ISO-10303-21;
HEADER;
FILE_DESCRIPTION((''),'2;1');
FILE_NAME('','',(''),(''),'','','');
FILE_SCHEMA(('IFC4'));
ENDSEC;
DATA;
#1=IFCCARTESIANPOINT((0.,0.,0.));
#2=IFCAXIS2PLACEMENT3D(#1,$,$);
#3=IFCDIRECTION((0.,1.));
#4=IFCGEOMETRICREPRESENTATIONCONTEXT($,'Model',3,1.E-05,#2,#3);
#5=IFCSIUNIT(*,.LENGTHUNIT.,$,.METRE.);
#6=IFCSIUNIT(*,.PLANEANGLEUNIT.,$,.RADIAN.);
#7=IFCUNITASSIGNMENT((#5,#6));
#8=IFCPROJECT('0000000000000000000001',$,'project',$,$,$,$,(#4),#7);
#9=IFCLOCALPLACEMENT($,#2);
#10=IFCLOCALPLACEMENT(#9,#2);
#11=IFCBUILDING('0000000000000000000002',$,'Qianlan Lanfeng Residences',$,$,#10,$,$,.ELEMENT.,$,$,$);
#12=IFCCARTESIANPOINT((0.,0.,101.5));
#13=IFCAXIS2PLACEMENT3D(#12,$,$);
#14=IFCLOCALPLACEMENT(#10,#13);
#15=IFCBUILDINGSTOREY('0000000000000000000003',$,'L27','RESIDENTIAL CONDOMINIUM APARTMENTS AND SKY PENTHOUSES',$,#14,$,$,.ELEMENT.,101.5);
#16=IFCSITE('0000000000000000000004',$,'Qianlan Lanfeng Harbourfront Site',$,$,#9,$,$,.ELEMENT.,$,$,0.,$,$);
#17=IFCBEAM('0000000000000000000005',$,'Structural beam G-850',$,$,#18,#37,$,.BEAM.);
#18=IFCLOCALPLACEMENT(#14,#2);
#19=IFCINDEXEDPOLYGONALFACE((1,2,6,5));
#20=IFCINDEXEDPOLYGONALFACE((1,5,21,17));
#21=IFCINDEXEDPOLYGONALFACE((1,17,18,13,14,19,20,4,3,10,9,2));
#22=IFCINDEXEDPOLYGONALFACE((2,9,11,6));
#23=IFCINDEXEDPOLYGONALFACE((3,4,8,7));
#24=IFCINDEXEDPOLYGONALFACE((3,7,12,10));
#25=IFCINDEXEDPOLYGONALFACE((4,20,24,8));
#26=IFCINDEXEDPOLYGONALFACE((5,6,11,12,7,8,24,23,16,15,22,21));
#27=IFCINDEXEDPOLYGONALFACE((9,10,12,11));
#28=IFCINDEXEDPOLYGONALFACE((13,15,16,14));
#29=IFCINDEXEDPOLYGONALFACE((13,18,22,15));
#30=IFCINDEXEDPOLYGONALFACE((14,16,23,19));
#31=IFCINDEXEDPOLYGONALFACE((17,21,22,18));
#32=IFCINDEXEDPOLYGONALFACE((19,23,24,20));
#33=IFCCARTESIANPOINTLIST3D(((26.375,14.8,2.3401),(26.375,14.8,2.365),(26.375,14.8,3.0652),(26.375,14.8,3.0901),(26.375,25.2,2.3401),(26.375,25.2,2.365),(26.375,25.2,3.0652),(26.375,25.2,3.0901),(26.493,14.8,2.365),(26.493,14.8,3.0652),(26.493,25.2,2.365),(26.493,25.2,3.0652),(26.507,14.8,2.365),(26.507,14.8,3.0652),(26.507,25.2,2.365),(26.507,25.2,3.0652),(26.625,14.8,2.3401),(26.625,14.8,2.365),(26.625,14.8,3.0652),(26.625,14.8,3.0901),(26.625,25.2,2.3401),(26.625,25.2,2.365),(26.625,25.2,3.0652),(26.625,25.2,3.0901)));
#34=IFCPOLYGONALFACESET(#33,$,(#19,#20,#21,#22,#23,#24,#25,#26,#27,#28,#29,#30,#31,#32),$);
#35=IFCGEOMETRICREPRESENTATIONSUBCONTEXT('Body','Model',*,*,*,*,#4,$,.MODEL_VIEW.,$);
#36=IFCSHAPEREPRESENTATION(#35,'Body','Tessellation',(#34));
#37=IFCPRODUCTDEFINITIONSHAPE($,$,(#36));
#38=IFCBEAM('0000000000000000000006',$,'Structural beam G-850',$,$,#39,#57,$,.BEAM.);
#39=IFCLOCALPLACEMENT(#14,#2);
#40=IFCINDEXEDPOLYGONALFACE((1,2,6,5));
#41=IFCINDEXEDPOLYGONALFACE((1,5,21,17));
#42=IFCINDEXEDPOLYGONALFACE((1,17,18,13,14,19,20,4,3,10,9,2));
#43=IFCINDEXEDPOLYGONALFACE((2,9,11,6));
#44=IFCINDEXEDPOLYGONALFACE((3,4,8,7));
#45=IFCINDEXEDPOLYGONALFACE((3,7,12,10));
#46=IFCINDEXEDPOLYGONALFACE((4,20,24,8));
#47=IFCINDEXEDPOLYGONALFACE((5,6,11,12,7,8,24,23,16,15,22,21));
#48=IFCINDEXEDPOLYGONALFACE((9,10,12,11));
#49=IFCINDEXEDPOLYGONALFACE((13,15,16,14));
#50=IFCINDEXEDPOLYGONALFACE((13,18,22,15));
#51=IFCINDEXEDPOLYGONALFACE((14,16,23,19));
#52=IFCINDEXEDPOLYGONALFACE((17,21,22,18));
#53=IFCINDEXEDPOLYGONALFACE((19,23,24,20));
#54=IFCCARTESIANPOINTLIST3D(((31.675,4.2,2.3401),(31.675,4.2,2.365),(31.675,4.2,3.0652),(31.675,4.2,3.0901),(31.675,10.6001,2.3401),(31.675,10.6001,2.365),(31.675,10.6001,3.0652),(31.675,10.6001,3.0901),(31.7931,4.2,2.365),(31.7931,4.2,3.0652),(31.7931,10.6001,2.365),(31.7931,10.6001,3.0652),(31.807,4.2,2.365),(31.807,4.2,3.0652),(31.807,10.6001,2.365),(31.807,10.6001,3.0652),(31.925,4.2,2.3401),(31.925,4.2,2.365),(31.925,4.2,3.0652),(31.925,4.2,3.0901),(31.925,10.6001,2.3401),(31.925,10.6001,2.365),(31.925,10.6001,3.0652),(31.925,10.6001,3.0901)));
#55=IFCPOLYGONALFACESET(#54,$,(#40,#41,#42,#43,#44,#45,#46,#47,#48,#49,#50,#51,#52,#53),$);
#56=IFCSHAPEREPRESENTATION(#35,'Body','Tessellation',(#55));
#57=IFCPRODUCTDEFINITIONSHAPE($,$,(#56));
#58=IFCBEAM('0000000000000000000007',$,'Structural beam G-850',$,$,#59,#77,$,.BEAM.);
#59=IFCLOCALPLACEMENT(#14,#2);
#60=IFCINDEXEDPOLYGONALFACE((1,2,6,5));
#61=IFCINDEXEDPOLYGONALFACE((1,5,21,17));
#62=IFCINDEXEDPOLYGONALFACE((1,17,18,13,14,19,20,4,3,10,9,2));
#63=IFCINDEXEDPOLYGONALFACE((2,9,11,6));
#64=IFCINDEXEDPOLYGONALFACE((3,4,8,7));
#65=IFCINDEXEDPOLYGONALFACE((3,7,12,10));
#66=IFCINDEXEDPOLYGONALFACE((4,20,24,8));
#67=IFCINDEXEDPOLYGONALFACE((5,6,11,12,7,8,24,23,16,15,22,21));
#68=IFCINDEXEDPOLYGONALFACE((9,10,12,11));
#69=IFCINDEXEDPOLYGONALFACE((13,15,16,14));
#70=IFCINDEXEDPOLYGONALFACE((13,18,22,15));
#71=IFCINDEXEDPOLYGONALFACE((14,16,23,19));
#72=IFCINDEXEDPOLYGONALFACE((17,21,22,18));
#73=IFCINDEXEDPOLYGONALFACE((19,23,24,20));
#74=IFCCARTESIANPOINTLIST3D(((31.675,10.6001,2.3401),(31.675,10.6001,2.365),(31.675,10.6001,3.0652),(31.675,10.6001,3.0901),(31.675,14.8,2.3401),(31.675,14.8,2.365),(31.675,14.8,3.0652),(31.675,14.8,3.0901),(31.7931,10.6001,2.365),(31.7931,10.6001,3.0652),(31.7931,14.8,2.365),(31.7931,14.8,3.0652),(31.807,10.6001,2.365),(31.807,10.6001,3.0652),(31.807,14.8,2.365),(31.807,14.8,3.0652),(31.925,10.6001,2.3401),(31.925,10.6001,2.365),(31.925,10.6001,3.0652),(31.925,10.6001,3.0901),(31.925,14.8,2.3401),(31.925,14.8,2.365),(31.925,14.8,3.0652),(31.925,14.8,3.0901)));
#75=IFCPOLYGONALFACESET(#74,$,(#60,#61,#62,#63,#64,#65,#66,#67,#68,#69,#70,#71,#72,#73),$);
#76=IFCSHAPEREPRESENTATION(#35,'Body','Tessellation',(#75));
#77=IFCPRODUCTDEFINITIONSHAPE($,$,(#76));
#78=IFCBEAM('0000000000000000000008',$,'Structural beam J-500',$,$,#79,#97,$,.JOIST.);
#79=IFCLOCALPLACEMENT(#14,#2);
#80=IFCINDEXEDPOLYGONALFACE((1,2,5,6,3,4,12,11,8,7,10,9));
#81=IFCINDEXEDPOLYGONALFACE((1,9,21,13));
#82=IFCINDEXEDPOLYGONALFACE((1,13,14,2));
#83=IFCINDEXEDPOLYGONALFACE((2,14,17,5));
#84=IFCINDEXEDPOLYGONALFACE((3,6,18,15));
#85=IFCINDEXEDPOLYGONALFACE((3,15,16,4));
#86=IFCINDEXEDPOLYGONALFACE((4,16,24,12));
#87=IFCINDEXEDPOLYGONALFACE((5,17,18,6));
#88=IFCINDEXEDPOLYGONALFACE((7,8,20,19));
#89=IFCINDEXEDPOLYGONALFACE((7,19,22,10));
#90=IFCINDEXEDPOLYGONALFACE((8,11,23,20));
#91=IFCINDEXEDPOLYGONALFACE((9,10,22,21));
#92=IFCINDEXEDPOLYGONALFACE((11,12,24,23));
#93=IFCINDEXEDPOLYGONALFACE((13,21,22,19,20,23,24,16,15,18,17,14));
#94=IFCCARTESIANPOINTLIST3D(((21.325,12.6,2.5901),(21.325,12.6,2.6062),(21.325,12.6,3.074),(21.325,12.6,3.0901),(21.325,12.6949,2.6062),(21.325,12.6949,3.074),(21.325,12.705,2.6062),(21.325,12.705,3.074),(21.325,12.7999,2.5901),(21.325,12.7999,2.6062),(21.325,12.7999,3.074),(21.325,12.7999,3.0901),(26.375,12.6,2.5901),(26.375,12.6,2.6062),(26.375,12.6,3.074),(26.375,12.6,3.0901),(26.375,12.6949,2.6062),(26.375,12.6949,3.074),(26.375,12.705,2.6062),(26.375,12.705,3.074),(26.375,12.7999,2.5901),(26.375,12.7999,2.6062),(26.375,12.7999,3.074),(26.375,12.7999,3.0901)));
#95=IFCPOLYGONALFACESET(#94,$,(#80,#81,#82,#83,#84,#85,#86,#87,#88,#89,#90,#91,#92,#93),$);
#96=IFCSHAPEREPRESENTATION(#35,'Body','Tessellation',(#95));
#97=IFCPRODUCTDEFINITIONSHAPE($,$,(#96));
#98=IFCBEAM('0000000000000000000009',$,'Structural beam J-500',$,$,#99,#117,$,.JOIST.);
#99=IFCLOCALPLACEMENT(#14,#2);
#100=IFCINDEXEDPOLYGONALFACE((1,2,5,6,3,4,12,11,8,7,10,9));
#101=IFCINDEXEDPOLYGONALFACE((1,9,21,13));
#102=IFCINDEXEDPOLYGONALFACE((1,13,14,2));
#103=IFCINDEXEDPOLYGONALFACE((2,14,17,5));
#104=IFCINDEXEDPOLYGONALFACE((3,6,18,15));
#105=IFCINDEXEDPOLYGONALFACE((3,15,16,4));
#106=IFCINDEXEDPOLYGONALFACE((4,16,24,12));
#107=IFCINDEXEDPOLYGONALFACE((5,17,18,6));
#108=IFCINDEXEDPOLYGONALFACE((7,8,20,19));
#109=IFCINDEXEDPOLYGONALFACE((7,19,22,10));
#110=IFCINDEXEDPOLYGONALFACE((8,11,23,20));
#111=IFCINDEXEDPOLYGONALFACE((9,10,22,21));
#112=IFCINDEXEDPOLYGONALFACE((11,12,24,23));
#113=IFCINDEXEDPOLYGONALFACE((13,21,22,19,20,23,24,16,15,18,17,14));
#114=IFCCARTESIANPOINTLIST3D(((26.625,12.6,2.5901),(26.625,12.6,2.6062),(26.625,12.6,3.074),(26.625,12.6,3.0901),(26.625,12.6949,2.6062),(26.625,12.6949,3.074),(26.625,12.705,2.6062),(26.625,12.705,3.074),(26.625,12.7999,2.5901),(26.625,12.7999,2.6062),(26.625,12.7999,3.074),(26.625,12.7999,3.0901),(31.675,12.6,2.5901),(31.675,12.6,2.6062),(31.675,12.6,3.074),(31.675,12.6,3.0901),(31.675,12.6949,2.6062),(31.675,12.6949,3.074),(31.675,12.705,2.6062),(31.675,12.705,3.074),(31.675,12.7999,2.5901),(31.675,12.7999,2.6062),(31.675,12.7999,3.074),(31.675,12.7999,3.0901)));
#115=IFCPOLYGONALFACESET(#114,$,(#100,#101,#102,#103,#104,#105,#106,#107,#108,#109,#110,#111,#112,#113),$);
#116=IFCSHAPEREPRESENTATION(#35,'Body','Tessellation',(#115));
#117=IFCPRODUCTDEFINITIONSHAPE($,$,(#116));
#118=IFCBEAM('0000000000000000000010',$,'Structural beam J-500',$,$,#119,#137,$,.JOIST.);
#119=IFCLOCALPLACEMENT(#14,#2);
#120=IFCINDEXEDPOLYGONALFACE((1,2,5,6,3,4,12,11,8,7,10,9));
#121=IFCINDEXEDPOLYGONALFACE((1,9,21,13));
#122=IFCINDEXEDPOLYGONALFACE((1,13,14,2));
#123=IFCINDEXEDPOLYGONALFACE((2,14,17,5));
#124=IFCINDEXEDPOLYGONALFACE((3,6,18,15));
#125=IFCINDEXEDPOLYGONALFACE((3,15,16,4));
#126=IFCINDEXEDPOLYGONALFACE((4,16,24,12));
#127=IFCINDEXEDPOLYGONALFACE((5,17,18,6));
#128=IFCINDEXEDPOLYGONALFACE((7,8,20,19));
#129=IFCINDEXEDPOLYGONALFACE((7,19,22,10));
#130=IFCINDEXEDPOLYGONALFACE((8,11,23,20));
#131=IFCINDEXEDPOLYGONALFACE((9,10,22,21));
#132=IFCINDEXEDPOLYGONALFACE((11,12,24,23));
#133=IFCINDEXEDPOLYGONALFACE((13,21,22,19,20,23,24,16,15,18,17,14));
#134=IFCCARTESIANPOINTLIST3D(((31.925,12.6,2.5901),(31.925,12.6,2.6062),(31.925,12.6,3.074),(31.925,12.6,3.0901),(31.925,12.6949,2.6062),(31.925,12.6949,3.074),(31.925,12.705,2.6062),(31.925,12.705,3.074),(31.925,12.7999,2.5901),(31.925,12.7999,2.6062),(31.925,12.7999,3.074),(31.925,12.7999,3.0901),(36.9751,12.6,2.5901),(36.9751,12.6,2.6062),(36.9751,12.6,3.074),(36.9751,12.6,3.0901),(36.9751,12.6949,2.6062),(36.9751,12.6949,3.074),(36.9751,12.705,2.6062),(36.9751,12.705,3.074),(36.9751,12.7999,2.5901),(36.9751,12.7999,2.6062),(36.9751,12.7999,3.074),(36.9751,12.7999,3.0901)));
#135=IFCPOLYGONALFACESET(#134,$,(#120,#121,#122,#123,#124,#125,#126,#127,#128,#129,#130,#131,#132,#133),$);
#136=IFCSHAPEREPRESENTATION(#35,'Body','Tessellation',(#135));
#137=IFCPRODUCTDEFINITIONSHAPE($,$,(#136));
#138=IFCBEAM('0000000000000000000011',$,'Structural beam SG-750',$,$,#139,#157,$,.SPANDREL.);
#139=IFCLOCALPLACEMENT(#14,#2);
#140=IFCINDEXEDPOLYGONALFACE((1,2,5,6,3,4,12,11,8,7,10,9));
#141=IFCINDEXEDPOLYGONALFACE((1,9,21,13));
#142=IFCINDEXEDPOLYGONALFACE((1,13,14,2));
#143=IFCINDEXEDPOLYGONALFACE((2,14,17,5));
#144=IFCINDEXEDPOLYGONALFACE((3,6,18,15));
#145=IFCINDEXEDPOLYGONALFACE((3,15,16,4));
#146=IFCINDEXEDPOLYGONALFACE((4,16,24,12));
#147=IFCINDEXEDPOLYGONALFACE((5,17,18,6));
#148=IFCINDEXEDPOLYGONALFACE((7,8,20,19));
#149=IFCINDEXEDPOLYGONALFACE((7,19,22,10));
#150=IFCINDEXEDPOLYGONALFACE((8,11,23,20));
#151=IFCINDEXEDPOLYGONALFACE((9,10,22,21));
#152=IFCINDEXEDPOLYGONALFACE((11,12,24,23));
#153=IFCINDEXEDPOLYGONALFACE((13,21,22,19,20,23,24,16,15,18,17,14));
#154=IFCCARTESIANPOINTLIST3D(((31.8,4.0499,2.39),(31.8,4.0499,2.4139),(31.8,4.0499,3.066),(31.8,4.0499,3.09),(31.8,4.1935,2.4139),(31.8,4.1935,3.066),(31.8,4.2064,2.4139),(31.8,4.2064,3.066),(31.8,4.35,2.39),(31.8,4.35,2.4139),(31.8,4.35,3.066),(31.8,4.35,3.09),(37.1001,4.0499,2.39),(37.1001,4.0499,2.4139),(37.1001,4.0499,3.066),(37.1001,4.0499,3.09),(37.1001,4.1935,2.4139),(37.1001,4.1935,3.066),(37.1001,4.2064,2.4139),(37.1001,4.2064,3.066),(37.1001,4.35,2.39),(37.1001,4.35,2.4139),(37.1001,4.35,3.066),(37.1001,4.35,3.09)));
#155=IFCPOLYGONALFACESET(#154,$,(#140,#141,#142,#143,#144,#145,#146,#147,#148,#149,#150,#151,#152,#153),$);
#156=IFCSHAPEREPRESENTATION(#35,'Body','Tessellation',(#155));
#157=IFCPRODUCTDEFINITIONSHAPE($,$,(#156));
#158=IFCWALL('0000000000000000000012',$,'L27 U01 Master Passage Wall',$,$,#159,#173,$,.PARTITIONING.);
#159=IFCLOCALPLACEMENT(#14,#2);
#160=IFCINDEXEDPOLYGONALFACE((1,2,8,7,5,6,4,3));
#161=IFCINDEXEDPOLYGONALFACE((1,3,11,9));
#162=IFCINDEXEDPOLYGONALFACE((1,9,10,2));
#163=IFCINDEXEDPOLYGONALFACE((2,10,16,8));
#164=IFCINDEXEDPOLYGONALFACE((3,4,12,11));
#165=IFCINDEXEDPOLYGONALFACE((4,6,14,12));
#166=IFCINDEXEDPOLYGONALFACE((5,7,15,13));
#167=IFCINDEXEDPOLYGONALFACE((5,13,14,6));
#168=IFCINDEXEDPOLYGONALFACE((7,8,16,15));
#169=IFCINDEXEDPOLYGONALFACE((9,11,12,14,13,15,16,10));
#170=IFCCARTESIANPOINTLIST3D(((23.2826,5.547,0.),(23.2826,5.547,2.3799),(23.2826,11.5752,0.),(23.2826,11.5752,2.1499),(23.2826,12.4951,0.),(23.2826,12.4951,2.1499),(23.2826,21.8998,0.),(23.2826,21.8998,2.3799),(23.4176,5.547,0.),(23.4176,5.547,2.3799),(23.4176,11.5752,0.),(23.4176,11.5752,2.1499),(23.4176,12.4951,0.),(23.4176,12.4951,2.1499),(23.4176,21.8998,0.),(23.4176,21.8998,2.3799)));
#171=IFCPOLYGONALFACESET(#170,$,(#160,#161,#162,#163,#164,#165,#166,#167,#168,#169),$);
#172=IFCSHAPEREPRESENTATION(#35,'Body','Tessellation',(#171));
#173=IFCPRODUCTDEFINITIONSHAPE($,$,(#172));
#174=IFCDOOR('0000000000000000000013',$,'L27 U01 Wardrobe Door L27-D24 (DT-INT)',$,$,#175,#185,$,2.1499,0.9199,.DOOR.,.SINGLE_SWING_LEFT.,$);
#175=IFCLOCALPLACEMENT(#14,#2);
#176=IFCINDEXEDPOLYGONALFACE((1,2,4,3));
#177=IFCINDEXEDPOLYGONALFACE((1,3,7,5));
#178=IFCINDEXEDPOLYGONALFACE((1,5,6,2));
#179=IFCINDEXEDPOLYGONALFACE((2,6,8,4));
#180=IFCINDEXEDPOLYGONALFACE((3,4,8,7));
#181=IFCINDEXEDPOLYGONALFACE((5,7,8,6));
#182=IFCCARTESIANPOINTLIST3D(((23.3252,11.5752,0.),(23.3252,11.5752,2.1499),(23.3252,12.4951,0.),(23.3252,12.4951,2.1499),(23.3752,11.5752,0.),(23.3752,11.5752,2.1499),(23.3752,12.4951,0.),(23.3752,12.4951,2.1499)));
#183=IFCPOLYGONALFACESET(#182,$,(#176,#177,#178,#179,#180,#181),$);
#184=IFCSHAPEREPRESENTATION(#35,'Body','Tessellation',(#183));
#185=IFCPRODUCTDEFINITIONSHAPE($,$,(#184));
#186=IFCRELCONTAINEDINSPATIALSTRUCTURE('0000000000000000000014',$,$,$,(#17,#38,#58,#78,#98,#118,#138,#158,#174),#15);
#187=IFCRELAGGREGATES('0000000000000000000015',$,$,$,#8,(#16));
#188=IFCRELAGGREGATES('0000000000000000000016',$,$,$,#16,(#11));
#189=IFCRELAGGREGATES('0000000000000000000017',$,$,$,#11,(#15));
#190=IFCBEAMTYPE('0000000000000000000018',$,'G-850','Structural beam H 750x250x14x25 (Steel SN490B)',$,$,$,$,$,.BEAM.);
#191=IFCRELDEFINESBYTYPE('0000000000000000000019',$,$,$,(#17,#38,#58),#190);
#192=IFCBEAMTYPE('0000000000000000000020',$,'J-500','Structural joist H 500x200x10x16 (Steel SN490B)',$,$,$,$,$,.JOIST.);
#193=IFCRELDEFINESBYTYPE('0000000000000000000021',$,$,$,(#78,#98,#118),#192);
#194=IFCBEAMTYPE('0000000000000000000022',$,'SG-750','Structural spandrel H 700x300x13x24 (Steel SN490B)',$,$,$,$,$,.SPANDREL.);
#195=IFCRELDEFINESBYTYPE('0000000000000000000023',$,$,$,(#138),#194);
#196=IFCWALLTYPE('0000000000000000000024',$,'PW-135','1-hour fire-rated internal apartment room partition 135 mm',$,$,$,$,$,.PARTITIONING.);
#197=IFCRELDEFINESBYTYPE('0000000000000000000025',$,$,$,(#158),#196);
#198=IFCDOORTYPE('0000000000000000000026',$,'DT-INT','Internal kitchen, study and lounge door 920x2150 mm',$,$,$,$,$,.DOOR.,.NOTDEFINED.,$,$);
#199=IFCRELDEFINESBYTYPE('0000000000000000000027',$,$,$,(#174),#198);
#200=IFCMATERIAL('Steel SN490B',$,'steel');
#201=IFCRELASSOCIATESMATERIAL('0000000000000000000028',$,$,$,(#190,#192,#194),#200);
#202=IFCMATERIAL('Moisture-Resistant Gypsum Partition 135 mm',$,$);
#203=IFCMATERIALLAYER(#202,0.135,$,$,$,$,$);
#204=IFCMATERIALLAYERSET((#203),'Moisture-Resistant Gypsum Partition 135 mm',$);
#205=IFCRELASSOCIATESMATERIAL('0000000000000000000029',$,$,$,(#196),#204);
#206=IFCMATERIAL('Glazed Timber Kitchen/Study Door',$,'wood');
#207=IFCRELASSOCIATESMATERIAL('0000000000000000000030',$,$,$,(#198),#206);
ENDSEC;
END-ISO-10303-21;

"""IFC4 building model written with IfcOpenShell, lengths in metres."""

from ifc_helpers import new_model, si_unit, direction, frame, frame_2d, origin, origin_2d, place, context, subcontext, project, spatial, rectangle, i_section, extrude, material, layer, layer_set, material_profile, profile_set, type_object, element, fill, save


model = new_model("IFC4")

# Units and contexts
model_context = context("Model", 3, precision=1e-05, world=origin(), true_north=direction((0.0, 1.0)))
body_context = subcontext(model_context, "Body", "Model", "MODEL_VIEW")
ifc_project = project(units=[si_unit("LENGTHUNIT", "METRE"), si_unit("PLANEANGLEUNIT", "RADIAN")], contexts=[model_context])

# Site, building, storey
site_placement = place(None, origin())
site = spatial("IfcSite", under=ifc_project, at=site_placement, Name="Qianlan Lanfeng Harbourfront Site", CompositionType="ELEMENT", RefElevation=0.0)
building_placement = place(site_placement, origin())
building = spatial("IfcBuilding", under=site, at=building_placement, Name="Qianlan Lanfeng Residences", CompositionType="ELEMENT")
storey_placement = place(building_placement, frame((0.0, 0.0, 101.5)))
storey = spatial("IfcBuildingStorey", under=building, at=storey_placement, Name="L27", Description="RESIDENTIAL CONDOMINIUM APARTMENTS AND SKY PENTHOUSES", CompositionType="ELEMENT", Elevation=101.5)

# Shared definitions
ifc_material_1 = material(Name="Steel SN490B", Category="steel")

# Beams
ifc_material_profile_1 = material_profile(ifc_material_1, i_section(OverallWidth=0.25, OverallDepth=0.75, WebThickness=0.0139, FlangeThickness=0.0249, at=origin_2d()), Name="H 750x250x14x25")
ifc_profile_set_1 = profile_set([ifc_material_profile_1], Name="Steel SN490B")
beam_type_1 = type_object("IfcBeamType", Name="G-850", Description="Structural beam H 750x250x14x25 (Steel SN490B)", PredefinedType="BEAM", material=ifc_profile_set_1)
beam_1_placement = place(storey_placement, frame((26.5, 14.8, 2.7151), z_axis=(0.0, 1.0, 0.0), x_axis=(-1.0, 0.0, 0.0)))
element("IfcBeam", 1, at=beam_1_placement, inside=storey, type_object=beam_type_1, Name="Structural beam G-850", PredefinedType="BEAM", context=body_context, shape_type="SweptSolid", body=[
    extrude(i_section(OverallWidth=0.25, OverallDepth=0.75, WebThickness=0.0139, FlangeThickness=0.0249, at=origin_2d()), origin(), (0.0, 0.0, 1.0), 10.3999),
])
beam_2_placement = place(storey_placement, frame((31.8, 4.2, 2.7151), z_axis=(0.0, 1.0, 0.0), x_axis=(-1.0, 0.0, 0.0)))
element("IfcBeam", 2, at=beam_2_placement, inside=storey, type_object=beam_type_1, Name="Structural beam G-850", PredefinedType="BEAM", context=body_context, shape_type="SweptSolid", body=[
    extrude(i_section(OverallWidth=0.25, OverallDepth=0.75, WebThickness=0.0139, FlangeThickness=0.0249, at=origin_2d()), origin(), (0.0, 0.0, 1.0), 6.4001),
])
beam_3_placement = place(storey_placement, frame((31.8, 10.6001, 2.7151), z_axis=(0.0, 1.0, 0.0), x_axis=(-1.0, 0.0, 0.0)))
element("IfcBeam", 3, at=beam_3_placement, inside=storey, type_object=beam_type_1, Name="Structural beam G-850", PredefinedType="BEAM", context=body_context, shape_type="SweptSolid", body=[
    extrude(i_section(OverallWidth=0.25, OverallDepth=0.75, WebThickness=0.0139, FlangeThickness=0.0249, at=origin_2d()), origin(), (0.0, 0.0, 1.0), 4.2),
])
ifc_material_profile_2 = material_profile(ifc_material_1, i_section(OverallWidth=0.2, OverallDepth=0.5, WebThickness=0.01, FlangeThickness=0.0161, at=origin_2d()), Name="H 500x200x10x16")
ifc_profile_set_2 = profile_set([ifc_material_profile_2], Name="Steel SN490B")
beam_type_2 = type_object("IfcBeamType", Name="J-500", Description="Structural joist H 500x200x10x16 (Steel SN490B)", PredefinedType="JOIST", material=ifc_profile_set_2)
for number, where, z_axis, x_axis, name in (
    (4, (21.325, 12.7, 2.8401), (1.0, 0.0, 0.0), (0.0, 1.0, 0.0), "Structural beam J-500"),
    (5, (26.625, 12.7, 2.8401), (1.0, 0.0, 0.0), (0.0, 1.0, 0.0), "Structural beam J-500"),
    (6, (31.925, 12.7, 2.8401), (1.0, 0.0, 0.0), (0.0, 1.0, 0.0), "Structural beam J-500"),
):
    element("IfcBeam", number, at=place(storey_placement, frame(where, z_axis=z_axis, x_axis=x_axis)), inside=storey, type_object=beam_type_2, Name=name, PredefinedType="JOIST", context=body_context, shape_type="SweptSolid", body=[
        extrude(i_section(OverallWidth=0.2, OverallDepth=0.5, WebThickness=0.01, FlangeThickness=0.0161, at=origin_2d()), origin(), (0.0, 0.0, 1.0), 5.05),
    ])
ifc_material_profile_3 = material_profile(ifc_material_1, i_section(OverallWidth=0.3, OverallDepth=0.7, WebThickness=0.0129, FlangeThickness=0.0239, at=origin_2d()), Name="H 700x300x13x24")
ifc_profile_set_3 = profile_set([ifc_material_profile_3], Name="Steel SN490B")
beam_type_3 = type_object("IfcBeamType", Name="SG-750", Description="Structural spandrel H 700x300x13x24 (Steel SN490B)", PredefinedType="SPANDREL", material=ifc_profile_set_3)
beam_4_placement = place(storey_placement, frame((31.8, 4.2, 2.74), z_axis=(1.0, 0.0, 0.0), x_axis=(0.0, 1.0, 0.0)))
element("IfcBeam", 7, at=beam_4_placement, inside=storey, type_object=beam_type_3, Name="Structural beam SG-750", PredefinedType="SPANDREL", context=body_context, shape_type="SweptSolid", body=[
    extrude(i_section(OverallWidth=0.3, OverallDepth=0.7, WebThickness=0.0129, FlangeThickness=0.0239, at=origin_2d()), origin(), (0.0, 0.0, 1.0), 5.3),
])

# Wall, opening, door
ifc_material_2 = material(Name="Moisture-Resistant Gypsum Partition 135 mm")
ifc_layer = layer(ifc_material_2, 0.135)
ifc_layer_set = layer_set([ifc_layer], Name="Moisture-Resistant Gypsum Partition 135 mm")
wall_type = type_object("IfcWallType", Name="PW-135", Description="1-hour fire-rated internal apartment room partition 135 mm", PredefinedType="PARTITIONING", material=ifc_layer_set)
wall_1_placement = place(storey_placement, frame((23.3501, 5.5471, 0.0), z_axis=(0.0, 0.0, 1.0), x_axis=(0.0, 1.0, 0.0)))
wall_1 = element("IfcWall", 8, at=wall_1_placement, inside=storey, type_object=wall_type, Name="L27 U01 Master Passage Wall", PredefinedType="PARTITIONING", context=body_context, shape_type="SweptSolid", body=[
    extrude(rectangle(XDim=16.3528, YDim=0.135, at=frame_2d((8.1763, 0.0))), origin(), (0.0, 0.0, 1.0), 2.3799),
])
opening_1_placement = place(wall_1_placement, frame((6.0281, 0.0, 0.0)))
opening_1 = element("IfcOpeningElement", 9, at=opening_1_placement, cuts=wall_1, PredefinedType="OPENING", context=body_context, shape_type="SweptSolid", body=[
    extrude(rectangle(XDim=0.9199, YDim=2.1499, at=frame_2d((0.46, 1.075))), frame((0.0, 0.0776, 0.0), z_axis=(0.0, -1.0, 0.0), x_axis=(1.0, 0.0, 0.0)), (0.0, 0.0, 1.0), 0.155),
])
ifc_material_3 = material(Name="Glazed Timber Kitchen/Study Door", Category="wood")
door_type_1 = type_object("IfcDoorType", Name="DT-INT", Description="Internal kitchen, study and lounge door 920x2150 mm", OperationType="NOTDEFINED", PredefinedType="DOOR", material=ifc_material_3)
door_1_placement = place(opening_1_placement, origin())
door_1 = element("IfcDoor", 10, at=door_1_placement, inside=storey, type_object=door_type_1, Name="L27 U01 Wardrobe Door L27-D24 (DT-INT)", OperationType="SINGLE_SWING_LEFT", OverallHeight=2.1499, OverallWidth=0.9199, PredefinedType="DOOR", context=body_context, shape_type="SweptSolid", body=[
    extrude(rectangle(XDim=0.9199, YDim=2.1499, at=frame_2d((0.46, 1.075))), frame((0.0, 0.0249, 0.0), z_axis=(0.0, -1.0, 0.0), x_axis=(1.0, 0.0, 0.0)), (0.0, 0.0, 1.0), 0.05),
])
fill(opening_1, door_1)

save(model, "model.ifc")
